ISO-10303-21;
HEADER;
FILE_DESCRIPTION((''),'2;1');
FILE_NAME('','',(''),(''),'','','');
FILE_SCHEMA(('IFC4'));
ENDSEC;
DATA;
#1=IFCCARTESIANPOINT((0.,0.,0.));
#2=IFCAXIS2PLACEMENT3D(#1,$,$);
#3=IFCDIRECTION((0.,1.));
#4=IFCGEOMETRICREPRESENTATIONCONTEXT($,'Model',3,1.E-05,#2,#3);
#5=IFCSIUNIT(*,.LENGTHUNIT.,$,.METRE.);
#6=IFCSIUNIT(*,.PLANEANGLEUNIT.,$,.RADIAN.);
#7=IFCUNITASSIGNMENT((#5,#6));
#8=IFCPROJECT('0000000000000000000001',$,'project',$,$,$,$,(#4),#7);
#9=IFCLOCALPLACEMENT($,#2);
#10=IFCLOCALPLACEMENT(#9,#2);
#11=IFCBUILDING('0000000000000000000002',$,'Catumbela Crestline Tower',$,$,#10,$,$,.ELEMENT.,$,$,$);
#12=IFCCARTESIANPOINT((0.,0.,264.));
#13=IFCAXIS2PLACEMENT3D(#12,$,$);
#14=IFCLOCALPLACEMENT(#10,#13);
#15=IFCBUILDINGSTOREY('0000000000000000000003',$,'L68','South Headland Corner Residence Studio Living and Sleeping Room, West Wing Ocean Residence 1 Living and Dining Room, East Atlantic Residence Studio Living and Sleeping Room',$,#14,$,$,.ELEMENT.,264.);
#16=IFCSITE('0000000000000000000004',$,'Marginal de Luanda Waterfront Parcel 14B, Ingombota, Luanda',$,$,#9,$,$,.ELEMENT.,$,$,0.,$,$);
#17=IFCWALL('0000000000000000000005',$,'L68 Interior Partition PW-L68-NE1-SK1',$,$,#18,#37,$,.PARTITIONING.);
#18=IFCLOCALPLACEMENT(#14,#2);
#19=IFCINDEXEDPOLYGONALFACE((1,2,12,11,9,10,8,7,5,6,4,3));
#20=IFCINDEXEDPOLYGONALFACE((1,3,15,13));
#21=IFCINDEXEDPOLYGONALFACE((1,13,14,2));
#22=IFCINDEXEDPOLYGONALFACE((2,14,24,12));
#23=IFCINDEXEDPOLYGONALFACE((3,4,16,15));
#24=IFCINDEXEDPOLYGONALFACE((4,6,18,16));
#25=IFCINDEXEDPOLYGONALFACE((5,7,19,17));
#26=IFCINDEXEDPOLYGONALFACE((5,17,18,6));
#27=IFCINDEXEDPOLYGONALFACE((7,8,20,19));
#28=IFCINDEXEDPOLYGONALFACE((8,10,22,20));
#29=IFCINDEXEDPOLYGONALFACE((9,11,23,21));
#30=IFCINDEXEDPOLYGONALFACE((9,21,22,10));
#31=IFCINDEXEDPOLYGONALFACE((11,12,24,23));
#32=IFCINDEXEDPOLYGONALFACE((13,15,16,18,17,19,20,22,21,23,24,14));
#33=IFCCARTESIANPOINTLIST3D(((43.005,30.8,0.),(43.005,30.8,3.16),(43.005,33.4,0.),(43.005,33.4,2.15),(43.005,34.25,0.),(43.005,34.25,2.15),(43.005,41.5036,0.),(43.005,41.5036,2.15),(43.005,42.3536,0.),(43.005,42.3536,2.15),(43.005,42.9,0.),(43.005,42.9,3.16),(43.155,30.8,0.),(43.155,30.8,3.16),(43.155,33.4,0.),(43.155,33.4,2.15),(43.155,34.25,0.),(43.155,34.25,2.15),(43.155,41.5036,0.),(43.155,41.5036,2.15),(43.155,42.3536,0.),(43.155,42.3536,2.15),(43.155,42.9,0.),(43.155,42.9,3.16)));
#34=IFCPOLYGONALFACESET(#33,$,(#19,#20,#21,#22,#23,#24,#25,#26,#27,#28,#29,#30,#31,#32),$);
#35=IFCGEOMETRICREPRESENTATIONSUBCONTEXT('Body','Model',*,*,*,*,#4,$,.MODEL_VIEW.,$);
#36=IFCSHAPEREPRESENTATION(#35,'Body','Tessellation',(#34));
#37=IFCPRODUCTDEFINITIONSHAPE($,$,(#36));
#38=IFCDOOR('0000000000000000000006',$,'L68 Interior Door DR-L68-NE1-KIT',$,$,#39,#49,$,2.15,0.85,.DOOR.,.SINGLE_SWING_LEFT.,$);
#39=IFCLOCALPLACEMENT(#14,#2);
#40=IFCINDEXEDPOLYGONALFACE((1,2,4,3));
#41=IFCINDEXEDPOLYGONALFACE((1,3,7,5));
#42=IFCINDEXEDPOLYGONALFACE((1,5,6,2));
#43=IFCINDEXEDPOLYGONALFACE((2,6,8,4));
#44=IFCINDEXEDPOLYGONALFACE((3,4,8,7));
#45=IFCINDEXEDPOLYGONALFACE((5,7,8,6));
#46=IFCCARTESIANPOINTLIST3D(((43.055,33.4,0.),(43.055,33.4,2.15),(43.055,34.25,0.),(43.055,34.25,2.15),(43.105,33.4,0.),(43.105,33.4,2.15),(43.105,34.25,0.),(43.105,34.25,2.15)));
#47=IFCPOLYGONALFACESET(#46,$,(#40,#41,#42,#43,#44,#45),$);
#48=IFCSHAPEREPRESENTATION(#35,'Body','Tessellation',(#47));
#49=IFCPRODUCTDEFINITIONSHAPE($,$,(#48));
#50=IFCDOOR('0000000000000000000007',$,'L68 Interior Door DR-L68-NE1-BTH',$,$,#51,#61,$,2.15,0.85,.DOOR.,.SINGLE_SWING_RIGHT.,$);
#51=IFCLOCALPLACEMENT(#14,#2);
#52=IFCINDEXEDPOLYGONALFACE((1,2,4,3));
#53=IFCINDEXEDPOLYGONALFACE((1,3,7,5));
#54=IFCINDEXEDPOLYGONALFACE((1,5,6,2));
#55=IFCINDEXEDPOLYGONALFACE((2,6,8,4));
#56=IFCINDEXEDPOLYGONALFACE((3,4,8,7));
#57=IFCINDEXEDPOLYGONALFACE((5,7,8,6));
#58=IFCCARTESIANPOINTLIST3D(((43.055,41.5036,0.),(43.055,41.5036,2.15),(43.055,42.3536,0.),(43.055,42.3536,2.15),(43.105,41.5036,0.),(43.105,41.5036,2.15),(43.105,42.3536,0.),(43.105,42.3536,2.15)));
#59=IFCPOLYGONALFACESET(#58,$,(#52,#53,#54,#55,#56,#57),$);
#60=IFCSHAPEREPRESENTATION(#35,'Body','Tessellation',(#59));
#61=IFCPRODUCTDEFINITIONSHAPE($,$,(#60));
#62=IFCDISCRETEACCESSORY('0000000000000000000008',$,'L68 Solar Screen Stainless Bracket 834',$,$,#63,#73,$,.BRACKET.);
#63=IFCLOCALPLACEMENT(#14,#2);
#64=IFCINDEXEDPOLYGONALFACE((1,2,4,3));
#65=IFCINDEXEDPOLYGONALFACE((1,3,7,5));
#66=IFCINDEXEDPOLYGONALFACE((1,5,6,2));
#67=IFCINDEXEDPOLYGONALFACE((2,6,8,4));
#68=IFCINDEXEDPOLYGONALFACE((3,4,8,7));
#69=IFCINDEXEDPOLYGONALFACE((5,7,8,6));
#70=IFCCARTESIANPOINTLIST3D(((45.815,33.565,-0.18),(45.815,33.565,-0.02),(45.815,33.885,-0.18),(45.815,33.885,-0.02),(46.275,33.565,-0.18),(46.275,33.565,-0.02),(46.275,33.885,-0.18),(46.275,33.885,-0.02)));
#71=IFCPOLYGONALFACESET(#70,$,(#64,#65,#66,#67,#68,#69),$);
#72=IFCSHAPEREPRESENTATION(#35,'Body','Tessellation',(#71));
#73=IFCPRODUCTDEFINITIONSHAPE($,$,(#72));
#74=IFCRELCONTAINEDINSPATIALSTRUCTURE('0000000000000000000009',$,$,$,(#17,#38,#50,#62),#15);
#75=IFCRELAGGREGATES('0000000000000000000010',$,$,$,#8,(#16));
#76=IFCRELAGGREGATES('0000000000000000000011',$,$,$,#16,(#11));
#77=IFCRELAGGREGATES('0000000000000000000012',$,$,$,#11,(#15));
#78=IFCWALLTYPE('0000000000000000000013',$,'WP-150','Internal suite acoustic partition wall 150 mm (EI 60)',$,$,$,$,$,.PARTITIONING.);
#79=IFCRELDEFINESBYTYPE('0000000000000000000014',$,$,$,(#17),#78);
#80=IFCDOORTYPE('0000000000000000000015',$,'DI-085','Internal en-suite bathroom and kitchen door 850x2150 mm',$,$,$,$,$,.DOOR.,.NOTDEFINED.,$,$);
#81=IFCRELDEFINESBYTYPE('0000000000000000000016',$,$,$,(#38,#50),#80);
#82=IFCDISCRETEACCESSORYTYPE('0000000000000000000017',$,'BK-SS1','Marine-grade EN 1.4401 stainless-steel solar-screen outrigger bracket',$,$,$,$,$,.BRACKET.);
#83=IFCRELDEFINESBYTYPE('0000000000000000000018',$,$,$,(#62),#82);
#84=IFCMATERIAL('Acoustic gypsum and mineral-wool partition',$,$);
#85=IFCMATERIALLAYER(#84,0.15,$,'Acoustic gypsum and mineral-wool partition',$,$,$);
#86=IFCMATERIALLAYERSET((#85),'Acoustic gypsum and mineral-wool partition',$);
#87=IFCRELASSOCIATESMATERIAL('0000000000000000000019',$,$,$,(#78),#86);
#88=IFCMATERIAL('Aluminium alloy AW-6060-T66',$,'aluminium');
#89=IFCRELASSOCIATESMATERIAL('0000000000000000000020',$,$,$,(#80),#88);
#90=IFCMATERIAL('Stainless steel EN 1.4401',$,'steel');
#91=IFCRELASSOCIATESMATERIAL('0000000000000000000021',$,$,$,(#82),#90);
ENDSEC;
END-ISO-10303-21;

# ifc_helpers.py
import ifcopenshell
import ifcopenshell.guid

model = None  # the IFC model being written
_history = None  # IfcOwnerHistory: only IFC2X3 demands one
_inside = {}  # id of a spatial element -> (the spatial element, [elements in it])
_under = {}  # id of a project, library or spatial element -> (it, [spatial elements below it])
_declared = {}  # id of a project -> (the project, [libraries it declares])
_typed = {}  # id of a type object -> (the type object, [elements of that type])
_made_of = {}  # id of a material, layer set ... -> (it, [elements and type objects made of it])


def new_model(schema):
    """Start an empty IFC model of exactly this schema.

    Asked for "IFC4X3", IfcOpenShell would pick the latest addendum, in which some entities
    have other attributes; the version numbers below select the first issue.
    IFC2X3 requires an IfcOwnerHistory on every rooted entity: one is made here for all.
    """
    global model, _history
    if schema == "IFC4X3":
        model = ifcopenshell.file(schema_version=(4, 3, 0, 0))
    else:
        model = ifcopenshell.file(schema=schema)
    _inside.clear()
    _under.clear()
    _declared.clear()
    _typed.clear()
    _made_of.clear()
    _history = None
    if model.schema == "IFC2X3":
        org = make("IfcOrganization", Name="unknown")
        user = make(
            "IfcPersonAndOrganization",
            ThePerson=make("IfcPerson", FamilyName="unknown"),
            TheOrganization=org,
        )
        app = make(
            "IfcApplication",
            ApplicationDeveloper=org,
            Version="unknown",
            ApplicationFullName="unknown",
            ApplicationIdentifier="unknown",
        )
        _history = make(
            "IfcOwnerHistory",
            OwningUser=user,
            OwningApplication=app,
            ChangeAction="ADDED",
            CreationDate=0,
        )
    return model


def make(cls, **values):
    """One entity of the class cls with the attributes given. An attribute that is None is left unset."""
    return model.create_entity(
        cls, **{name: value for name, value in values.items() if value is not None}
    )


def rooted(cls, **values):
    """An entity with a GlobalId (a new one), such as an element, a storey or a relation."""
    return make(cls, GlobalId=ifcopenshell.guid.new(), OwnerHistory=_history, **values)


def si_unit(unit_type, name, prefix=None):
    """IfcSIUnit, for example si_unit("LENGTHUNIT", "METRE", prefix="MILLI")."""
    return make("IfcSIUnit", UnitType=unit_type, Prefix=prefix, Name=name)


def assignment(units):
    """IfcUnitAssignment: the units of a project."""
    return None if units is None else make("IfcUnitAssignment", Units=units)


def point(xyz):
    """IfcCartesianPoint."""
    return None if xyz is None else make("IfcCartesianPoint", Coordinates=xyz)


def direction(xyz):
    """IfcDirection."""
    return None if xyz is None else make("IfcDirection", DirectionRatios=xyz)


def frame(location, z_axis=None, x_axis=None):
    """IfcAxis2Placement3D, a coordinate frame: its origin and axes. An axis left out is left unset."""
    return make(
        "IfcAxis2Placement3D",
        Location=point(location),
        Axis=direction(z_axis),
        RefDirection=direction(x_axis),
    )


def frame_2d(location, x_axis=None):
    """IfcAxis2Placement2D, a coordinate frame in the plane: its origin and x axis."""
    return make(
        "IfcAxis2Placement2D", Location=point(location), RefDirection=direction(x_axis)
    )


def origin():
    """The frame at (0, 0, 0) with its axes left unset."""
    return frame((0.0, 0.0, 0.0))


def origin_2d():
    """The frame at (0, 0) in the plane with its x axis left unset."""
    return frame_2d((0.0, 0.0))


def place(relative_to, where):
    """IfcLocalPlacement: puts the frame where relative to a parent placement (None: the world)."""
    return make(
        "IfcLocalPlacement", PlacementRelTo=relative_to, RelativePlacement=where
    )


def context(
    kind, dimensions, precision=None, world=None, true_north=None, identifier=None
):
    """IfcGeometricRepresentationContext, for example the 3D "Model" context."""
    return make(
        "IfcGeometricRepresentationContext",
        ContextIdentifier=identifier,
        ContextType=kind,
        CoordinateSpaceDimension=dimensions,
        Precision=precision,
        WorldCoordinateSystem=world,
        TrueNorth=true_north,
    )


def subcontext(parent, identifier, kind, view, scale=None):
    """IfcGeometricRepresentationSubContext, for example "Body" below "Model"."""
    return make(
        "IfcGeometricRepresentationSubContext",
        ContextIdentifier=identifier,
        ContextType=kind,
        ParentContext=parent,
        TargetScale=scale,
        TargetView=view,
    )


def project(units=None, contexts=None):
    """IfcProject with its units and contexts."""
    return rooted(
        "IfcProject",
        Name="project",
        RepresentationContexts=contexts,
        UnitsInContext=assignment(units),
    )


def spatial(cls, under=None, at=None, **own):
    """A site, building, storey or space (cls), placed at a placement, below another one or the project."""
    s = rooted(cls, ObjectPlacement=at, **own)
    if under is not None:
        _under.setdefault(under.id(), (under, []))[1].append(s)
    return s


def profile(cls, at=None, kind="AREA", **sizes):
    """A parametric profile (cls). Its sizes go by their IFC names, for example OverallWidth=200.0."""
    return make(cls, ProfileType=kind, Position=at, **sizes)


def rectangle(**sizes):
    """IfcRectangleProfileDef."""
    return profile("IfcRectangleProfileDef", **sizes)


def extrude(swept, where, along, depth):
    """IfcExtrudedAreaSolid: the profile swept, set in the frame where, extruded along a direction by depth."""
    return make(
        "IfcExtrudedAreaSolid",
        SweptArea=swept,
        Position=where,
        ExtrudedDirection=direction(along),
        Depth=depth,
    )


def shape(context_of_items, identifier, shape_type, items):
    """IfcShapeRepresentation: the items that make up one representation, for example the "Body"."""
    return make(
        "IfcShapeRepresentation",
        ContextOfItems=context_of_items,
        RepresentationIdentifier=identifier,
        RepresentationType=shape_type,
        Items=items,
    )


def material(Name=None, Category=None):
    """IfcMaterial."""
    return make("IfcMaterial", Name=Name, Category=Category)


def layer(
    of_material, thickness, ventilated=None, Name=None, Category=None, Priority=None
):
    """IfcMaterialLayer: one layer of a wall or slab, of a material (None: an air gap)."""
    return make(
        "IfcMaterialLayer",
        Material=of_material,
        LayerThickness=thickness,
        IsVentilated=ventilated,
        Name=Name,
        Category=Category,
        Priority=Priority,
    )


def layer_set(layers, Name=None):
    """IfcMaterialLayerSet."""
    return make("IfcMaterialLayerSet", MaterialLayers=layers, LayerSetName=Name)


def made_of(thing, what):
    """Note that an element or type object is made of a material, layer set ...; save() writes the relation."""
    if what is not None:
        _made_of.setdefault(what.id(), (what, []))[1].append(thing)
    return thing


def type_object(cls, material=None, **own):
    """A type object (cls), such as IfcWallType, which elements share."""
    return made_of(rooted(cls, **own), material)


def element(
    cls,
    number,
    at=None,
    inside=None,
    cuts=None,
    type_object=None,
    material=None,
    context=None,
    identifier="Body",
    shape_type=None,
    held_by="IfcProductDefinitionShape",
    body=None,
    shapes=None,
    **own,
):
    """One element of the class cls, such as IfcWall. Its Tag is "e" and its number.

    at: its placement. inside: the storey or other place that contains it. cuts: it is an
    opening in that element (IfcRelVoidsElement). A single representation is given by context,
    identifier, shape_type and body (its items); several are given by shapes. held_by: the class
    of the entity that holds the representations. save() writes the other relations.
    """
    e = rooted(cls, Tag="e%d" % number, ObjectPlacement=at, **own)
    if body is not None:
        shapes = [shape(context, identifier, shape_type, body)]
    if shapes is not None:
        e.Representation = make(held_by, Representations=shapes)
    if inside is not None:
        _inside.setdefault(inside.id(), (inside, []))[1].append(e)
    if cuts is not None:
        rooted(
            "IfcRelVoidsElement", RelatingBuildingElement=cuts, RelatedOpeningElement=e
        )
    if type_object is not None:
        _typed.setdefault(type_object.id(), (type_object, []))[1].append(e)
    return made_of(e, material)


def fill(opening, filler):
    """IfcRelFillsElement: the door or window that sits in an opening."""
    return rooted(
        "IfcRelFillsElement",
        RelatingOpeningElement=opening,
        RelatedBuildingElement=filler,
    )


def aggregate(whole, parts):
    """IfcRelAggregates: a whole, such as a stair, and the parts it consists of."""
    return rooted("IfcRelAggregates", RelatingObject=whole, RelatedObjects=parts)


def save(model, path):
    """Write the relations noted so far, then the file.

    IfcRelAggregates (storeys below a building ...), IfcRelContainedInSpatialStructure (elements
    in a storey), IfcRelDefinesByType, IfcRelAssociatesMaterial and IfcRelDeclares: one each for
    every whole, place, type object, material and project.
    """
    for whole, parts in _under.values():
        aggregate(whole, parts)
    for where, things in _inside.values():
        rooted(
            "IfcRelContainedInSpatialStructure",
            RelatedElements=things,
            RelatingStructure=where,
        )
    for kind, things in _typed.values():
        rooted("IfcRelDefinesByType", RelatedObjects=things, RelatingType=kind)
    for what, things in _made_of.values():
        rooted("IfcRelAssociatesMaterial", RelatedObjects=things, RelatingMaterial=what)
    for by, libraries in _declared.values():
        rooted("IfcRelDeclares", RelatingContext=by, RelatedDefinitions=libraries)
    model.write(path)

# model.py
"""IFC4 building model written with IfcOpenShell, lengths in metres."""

from ifc_helpers import new_model, si_unit, direction, frame, frame_2d, origin, origin_2d, place, context, subcontext, project, spatial, rectangle, extrude, material, layer, layer_set, type_object, element, fill, save


model = new_model("IFC4")

# Units and contexts
model_context = context("Model", 3, precision=1e-05, world=origin(), true_north=direction((0.0, 1.0)))
body_context = subcontext(model_context, "Body", "Model", "MODEL_VIEW")
ifc_project = project(units=[si_unit("LENGTHUNIT", "METRE"), si_unit("PLANEANGLEUNIT", "RADIAN")], contexts=[model_context])

# Site, building, storey
site_placement = place(None, origin())
site = spatial("IfcSite", under=ifc_project, at=site_placement, Name="Marginal de Luanda Waterfront Parcel 14B, Ingombota, Luanda", CompositionType="ELEMENT", RefElevation=0.0)
building_placement = place(site_placement, origin())
building = spatial("IfcBuilding", under=site, at=building_placement, Name="Catumbela Crestline Tower", CompositionType="ELEMENT")
storey_placement = place(building_placement, frame((0.0, 0.0, 264.0)))
storey = spatial("IfcBuildingStorey", under=building, at=storey_placement, Name="L68", Description="South Headland Corner Residence Studio Living and Sleeping Room, West Wing Ocean Residence 1 Living and Dining Room, East Atlantic Residence Studio Living and Sleeping Room", CompositionType="ELEMENT", Elevation=264.0)

# Shared definitions
ifc_material_1 = material(Name="Aluminium alloy AW-6060-T66", Category="aluminium")

# Shared definitions
ifc_material_2 = material(Name="Acoustic gypsum and mineral-wool partition")

# Shared definitions
ifc_layer_1 = layer(ifc_material_2, 0.15, Name="Acoustic gypsum and mineral-wool partition")
ifc_layer_set_1 = layer_set([ifc_layer_1], Name="Acoustic gypsum and mineral-wool partition")
wall_type_1 = type_object("IfcWallType", Name="WP-150", Description="Internal suite acoustic partition wall 150 mm (EI 60)", PredefinedType="PARTITIONING", material=ifc_layer_set_1)

# Wall, openings, doors
wall_1_placement = place(storey_placement, frame((43.08, 30.8, 0.0), z_axis=(0.0, 0.0, 1.0), x_axis=(0.0, 1.0, 0.0)))
wall_1 = element("IfcWall", 1, at=wall_1_placement, inside=storey, type_object=wall_type_1, Name="L68 Interior Partition PW-L68-NE1-SK1", PredefinedType="PARTITIONING", context=body_context, shape_type="SweptSolid", body=[
    extrude(rectangle(XDim=12.1, YDim=0.15, at=frame_2d((6.05, 0.0))), origin(), (0.0, 0.0, 1.0), 3.16),
])
opening_1_placement = place(wall_1_placement, frame((2.6, 0.0, 0.0)))
opening_1 = element("IfcOpeningElement", 2, at=opening_1_placement, cuts=wall_1, PredefinedType="OPENING", context=body_context, shape_type="SweptSolid", body=[
    extrude(rectangle(XDim=0.85, YDim=2.15, at=frame_2d((0.425, 1.075))), frame((0.0, 0.085, 0.0), z_axis=(0.0, -1.0, 0.0), x_axis=(1.0, 0.0, 0.0)), (0.0, 0.0, 1.0), 0.17),
])
opening_2_placement = place(wall_1_placement, frame((10.7036, 0.0, 0.0)))
opening_2 = element("IfcOpeningElement", 3, at=opening_2_placement, cuts=wall_1, PredefinedType="OPENING", context=body_context, shape_type="SweptSolid", body=[
    extrude(rectangle(XDim=0.85, YDim=2.15, at=frame_2d((0.425, 1.075))), frame((0.0, 0.085, 0.0), z_axis=(0.0, -1.0, 0.0), x_axis=(1.0, 0.0, 0.0)), (0.0, 0.0, 1.0), 0.17),
])
door_type_1 = type_object("IfcDoorType", Name="DI-085", Description="Internal en-suite bathroom and kitchen door 850x2150 mm", OperationType="NOTDEFINED", PredefinedType="DOOR", material=ifc_material_1)
door_1_placement = place(opening_1_placement, origin())
door_1 = element("IfcDoor", 4, at=door_1_placement, inside=storey, type_object=door_type_1, Name="L68 Interior Door DR-L68-NE1-KIT", OperationType="SINGLE_SWING_LEFT", OverallHeight=2.15, OverallWidth=0.85, PredefinedType="DOOR", context=body_context, shape_type="SweptSolid", body=[
    extrude(rectangle(XDim=0.85, YDim=2.15, at=frame_2d((0.425, 1.075))), frame((0.0, 0.025, 0.0), z_axis=(0.0, -1.0, 0.0), x_axis=(1.0, 0.0, 0.0)), (0.0, 0.0, 1.0), 0.05),
])
fill(opening_1, door_1)
door_2_placement = place(opening_2_placement, origin())
door_2 = element("IfcDoor", 5, at=door_2_placement, inside=storey, type_object=door_type_1, Name="L68 Interior Door DR-L68-NE1-BTH", OperationType="SINGLE_SWING_RIGHT", OverallHeight=2.15, OverallWidth=0.85, PredefinedType="DOOR", context=body_context, shape_type="SweptSolid", body=[
    extrude(rectangle(XDim=0.85, YDim=2.15, at=frame_2d((0.425, 1.075))), frame((0.0, 0.025, 0.0), z_axis=(0.0, -1.0, 0.0), x_axis=(1.0, 0.0, 0.0)), (0.0, 0.0, 1.0), 0.05),
])
fill(opening_2, door_2)

# Shared definitions
ifc_material_3 = material(Name="Stainless steel EN 1.4401", Category="steel")

# Discrete accessory
discrete_accessory_type = type_object("IfcDiscreteAccessoryType", Name="BK-SS1", Description="Marine-grade EN 1.4401 stainless-steel solar-screen outrigger bracket", PredefinedType="BRACKET", material=ifc_material_3)
discrete_accessory_placement = place(storey_placement, frame((46.045, 33.725, -0.18), z_axis=(0.0, 0.0, 1.0), x_axis=(0.0, 1.0, 0.0)))
element("IfcDiscreteAccessory", 6, at=discrete_accessory_placement, inside=storey, type_object=discrete_accessory_type, Name="L68 Solar Screen Stainless Bracket 834", PredefinedType="BRACKET", context=body_context, shape_type="SweptSolid", body=[
    extrude(rectangle(XDim=0.32, YDim=0.46, at=origin_2d()), origin(), (0.0, 0.0, 1.0), 0.16),
])

save(model, "model.ifc")
